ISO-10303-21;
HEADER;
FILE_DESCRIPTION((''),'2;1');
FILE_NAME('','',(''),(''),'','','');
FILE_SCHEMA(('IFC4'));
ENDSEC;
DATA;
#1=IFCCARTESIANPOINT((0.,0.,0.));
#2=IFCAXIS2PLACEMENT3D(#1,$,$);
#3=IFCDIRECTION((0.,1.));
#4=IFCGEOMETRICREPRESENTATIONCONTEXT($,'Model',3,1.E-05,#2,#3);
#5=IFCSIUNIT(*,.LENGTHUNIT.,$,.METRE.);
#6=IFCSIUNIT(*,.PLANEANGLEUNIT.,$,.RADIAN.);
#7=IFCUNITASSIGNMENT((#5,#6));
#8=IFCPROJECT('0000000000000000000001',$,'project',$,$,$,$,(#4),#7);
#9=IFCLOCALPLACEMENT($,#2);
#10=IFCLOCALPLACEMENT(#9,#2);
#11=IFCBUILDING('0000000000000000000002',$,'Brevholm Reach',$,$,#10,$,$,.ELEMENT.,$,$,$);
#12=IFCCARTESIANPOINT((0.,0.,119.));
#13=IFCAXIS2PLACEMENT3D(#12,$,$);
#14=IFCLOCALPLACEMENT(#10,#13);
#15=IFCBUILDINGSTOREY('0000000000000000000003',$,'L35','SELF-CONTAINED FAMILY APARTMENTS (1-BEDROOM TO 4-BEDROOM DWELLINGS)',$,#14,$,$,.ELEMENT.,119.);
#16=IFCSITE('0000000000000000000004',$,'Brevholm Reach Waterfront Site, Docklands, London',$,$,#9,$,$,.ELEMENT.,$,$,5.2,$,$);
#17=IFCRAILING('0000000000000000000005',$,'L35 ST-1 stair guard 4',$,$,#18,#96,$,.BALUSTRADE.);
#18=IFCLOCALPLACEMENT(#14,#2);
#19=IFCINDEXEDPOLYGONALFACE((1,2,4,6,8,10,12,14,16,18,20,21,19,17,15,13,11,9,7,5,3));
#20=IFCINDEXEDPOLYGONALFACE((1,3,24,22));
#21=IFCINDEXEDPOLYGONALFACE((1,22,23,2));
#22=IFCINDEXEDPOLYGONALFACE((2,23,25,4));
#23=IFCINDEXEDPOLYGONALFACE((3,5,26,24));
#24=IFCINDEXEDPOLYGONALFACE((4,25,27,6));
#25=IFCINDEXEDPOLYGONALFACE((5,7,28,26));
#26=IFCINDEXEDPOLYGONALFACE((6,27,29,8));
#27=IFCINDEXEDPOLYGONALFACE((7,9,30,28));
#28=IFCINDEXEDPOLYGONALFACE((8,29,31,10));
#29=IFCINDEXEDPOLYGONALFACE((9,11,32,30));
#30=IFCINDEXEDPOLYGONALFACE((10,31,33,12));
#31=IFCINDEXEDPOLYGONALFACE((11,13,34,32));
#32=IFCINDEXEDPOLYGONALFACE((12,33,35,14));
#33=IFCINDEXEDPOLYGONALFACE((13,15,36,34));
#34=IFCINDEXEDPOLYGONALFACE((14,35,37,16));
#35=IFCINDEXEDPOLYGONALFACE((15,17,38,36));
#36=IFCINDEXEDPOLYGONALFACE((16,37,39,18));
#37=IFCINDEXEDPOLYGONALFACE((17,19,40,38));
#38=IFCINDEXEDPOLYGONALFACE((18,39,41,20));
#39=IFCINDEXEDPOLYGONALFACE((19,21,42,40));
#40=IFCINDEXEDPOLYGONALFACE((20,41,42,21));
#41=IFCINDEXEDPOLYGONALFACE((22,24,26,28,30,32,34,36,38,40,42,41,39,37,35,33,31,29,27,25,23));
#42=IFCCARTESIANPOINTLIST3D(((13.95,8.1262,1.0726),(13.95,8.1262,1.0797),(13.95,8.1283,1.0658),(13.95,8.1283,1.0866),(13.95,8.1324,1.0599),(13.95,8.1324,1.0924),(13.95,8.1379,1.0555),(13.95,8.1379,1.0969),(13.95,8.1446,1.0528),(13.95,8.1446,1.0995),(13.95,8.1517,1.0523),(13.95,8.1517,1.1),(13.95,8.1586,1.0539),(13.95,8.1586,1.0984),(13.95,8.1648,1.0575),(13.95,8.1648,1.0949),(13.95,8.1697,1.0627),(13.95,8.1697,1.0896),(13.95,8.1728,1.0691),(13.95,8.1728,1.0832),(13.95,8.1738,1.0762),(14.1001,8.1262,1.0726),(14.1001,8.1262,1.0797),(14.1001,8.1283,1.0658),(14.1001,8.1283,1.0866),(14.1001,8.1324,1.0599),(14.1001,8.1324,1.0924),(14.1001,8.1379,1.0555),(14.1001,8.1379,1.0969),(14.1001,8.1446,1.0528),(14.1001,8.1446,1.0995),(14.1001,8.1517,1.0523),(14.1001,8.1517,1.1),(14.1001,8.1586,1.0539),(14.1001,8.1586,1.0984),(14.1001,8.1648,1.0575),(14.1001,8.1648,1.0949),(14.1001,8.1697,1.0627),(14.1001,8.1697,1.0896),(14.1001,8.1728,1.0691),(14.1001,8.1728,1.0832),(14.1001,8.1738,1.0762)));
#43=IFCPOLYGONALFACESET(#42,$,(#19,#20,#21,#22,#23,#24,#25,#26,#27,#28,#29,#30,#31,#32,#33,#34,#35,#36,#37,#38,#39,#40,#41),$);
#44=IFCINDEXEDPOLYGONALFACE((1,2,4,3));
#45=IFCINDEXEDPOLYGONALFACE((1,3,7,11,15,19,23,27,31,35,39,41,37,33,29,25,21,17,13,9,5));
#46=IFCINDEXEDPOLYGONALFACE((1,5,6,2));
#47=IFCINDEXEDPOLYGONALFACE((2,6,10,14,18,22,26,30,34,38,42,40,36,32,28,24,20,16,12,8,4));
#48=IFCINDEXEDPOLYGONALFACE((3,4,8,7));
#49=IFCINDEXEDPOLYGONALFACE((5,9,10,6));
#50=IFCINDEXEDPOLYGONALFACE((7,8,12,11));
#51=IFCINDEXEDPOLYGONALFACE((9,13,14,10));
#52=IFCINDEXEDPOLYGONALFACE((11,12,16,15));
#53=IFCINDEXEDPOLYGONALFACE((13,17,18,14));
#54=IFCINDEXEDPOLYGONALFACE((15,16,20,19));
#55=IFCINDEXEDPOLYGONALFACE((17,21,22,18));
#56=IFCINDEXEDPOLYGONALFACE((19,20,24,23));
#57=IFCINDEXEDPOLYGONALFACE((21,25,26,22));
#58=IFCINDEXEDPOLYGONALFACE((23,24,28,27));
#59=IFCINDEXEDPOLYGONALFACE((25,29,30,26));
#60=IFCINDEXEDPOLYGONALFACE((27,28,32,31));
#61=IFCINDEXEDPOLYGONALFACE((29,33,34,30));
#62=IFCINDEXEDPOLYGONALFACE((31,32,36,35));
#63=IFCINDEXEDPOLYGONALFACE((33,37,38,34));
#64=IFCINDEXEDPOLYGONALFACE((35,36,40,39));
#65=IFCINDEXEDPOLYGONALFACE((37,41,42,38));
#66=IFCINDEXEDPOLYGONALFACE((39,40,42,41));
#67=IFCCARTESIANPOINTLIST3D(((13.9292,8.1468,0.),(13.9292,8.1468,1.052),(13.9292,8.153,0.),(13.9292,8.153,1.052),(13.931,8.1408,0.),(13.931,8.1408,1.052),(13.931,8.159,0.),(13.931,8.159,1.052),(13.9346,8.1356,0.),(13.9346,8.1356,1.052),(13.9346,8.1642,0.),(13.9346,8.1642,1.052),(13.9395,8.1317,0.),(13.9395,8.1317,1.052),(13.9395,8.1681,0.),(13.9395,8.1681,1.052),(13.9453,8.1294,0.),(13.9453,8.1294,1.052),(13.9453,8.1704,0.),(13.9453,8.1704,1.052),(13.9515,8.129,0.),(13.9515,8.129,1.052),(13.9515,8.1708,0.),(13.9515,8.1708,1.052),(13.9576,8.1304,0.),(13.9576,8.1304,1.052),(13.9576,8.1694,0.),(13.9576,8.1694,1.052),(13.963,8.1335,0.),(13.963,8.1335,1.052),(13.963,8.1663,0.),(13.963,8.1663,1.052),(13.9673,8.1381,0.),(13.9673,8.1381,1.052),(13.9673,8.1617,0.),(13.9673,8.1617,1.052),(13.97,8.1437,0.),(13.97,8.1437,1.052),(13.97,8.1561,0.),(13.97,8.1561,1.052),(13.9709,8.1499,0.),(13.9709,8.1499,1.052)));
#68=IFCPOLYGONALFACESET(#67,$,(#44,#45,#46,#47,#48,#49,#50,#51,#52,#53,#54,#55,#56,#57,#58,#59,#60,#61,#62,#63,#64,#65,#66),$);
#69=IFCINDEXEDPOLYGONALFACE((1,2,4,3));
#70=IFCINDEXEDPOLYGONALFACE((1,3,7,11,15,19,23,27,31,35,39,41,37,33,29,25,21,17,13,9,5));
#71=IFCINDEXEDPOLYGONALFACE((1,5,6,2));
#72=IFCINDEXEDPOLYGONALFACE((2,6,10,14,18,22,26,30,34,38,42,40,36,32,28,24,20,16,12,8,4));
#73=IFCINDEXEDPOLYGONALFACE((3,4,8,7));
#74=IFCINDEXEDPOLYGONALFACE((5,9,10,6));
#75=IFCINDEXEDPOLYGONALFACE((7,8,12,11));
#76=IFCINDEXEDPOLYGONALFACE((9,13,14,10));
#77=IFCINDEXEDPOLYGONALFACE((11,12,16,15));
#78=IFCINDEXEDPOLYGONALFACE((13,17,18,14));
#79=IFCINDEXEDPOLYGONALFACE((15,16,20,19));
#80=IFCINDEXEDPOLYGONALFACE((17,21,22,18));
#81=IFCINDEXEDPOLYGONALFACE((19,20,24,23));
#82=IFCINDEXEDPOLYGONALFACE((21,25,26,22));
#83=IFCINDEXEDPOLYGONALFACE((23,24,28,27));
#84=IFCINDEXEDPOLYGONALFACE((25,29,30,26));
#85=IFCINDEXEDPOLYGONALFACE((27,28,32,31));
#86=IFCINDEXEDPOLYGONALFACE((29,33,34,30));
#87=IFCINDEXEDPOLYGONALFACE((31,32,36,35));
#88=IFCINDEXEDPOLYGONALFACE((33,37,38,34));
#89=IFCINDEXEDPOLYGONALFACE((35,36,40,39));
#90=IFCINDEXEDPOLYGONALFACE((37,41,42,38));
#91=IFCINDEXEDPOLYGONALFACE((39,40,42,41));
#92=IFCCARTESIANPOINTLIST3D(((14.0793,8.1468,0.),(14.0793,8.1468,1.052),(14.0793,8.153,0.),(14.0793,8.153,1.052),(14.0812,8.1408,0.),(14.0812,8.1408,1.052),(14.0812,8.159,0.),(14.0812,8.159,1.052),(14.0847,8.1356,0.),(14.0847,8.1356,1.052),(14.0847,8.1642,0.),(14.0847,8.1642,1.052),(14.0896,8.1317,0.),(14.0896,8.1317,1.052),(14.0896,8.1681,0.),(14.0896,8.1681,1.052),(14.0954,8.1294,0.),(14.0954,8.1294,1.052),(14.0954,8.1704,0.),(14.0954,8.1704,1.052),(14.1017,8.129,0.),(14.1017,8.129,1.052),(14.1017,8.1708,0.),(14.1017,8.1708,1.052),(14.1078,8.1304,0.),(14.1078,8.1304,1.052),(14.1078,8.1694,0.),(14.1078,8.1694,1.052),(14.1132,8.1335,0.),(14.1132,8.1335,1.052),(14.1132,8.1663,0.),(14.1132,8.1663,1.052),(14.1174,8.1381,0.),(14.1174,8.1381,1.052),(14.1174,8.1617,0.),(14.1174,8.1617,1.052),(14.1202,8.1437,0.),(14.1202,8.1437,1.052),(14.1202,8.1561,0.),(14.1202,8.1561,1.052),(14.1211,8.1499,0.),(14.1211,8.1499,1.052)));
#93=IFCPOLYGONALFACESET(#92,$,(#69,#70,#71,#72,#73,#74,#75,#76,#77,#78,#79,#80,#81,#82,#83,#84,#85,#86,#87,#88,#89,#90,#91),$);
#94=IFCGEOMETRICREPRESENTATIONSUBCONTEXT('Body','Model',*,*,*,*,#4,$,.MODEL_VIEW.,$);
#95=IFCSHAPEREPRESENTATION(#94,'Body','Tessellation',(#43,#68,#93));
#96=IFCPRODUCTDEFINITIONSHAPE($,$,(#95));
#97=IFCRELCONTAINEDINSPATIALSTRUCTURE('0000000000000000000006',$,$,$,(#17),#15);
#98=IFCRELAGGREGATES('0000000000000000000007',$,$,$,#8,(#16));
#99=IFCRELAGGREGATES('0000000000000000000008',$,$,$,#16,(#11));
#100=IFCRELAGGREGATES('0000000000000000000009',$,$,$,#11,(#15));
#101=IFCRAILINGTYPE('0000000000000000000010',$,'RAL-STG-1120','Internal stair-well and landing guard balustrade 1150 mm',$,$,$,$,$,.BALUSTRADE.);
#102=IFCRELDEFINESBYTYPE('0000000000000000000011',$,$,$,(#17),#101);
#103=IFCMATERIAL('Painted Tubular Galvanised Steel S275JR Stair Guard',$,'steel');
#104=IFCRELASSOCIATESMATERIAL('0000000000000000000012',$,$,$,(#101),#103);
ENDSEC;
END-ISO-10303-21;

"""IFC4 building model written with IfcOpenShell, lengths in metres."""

from ifc_helpers import new_model, si_unit, direction, frame, origin, origin_2d, place, context, subcontext, project, spatial, circle, extrude, material, type_object, element, save


model = new_model("IFC4")

# Units and contexts
model_context = context("Model", 3, precision=1e-05, world=origin(), true_north=direction((0.0, 1.0)))
body_context = subcontext(model_context, "Body", "Model", "MODEL_VIEW")
ifc_project = project(units=[si_unit("LENGTHUNIT", "METRE"), si_unit("PLANEANGLEUNIT", "RADIAN")], contexts=[model_context])

# Site, building, storey
site_placement = place(None, origin())
site = spatial("IfcSite", under=ifc_project, at=site_placement, Name="Brevholm Reach Waterfront Site, Docklands, London", CompositionType="ELEMENT", RefElevation=5.2)
building_placement = place(site_placement, origin())
building = spatial("IfcBuilding", under=site, at=building_placement, Name="Brevholm Reach", CompositionType="ELEMENT")
storey_placement = place(building_placement, frame((0.0, 0.0, 119.0)))
storey = spatial("IfcBuildingStorey", under=building, at=storey_placement, Name="L35", Description="SELF-CONTAINED FAMILY APARTMENTS (1-BEDROOM TO 4-BEDROOM DWELLINGS)", CompositionType="ELEMENT", Elevation=119.0)

# Railing
ifc_material_1 = material(Name="Painted Tubular Galvanised Steel S275JR Stair Guard", Category="steel")
railing_type_1 = type_object("IfcRailingType", Name="RAL-STG-1120", Description="Internal stair-well and landing guard balustrade 1150 mm", PredefinedType="BALUSTRADE", material=ifc_material_1)
railing_1_placement = place(storey_placement, frame((13.95, 8.1499, 0.0)))
element("IfcRailing", 1, at=railing_1_placement, inside=storey, type_object=railing_type_1, Name="L35 ST-1 stair guard 4", PredefinedType="BALUSTRADE", context=body_context, shape_type="SweptSolid", body=[
    extrude(circle(Radius=0.0239, at=origin_2d()), frame((0.0, 0.0, 1.0762), z_axis=(1.0, 0.0, 0.0), x_axis=(0.0, 1.0, 0.0)), (0.0, 0.0, 1.0), 0.1501),
    extrude(circle(Radius=0.021, at=origin_2d()), origin(), (0.0, 0.0, 1.0), 1.052),
    extrude(circle(Radius=0.021, at=origin_2d()), frame((0.1501, 0.0, 0.0)), (0.0, 0.0, 1.0), 1.052),
])

save(model, "model.ifc")
